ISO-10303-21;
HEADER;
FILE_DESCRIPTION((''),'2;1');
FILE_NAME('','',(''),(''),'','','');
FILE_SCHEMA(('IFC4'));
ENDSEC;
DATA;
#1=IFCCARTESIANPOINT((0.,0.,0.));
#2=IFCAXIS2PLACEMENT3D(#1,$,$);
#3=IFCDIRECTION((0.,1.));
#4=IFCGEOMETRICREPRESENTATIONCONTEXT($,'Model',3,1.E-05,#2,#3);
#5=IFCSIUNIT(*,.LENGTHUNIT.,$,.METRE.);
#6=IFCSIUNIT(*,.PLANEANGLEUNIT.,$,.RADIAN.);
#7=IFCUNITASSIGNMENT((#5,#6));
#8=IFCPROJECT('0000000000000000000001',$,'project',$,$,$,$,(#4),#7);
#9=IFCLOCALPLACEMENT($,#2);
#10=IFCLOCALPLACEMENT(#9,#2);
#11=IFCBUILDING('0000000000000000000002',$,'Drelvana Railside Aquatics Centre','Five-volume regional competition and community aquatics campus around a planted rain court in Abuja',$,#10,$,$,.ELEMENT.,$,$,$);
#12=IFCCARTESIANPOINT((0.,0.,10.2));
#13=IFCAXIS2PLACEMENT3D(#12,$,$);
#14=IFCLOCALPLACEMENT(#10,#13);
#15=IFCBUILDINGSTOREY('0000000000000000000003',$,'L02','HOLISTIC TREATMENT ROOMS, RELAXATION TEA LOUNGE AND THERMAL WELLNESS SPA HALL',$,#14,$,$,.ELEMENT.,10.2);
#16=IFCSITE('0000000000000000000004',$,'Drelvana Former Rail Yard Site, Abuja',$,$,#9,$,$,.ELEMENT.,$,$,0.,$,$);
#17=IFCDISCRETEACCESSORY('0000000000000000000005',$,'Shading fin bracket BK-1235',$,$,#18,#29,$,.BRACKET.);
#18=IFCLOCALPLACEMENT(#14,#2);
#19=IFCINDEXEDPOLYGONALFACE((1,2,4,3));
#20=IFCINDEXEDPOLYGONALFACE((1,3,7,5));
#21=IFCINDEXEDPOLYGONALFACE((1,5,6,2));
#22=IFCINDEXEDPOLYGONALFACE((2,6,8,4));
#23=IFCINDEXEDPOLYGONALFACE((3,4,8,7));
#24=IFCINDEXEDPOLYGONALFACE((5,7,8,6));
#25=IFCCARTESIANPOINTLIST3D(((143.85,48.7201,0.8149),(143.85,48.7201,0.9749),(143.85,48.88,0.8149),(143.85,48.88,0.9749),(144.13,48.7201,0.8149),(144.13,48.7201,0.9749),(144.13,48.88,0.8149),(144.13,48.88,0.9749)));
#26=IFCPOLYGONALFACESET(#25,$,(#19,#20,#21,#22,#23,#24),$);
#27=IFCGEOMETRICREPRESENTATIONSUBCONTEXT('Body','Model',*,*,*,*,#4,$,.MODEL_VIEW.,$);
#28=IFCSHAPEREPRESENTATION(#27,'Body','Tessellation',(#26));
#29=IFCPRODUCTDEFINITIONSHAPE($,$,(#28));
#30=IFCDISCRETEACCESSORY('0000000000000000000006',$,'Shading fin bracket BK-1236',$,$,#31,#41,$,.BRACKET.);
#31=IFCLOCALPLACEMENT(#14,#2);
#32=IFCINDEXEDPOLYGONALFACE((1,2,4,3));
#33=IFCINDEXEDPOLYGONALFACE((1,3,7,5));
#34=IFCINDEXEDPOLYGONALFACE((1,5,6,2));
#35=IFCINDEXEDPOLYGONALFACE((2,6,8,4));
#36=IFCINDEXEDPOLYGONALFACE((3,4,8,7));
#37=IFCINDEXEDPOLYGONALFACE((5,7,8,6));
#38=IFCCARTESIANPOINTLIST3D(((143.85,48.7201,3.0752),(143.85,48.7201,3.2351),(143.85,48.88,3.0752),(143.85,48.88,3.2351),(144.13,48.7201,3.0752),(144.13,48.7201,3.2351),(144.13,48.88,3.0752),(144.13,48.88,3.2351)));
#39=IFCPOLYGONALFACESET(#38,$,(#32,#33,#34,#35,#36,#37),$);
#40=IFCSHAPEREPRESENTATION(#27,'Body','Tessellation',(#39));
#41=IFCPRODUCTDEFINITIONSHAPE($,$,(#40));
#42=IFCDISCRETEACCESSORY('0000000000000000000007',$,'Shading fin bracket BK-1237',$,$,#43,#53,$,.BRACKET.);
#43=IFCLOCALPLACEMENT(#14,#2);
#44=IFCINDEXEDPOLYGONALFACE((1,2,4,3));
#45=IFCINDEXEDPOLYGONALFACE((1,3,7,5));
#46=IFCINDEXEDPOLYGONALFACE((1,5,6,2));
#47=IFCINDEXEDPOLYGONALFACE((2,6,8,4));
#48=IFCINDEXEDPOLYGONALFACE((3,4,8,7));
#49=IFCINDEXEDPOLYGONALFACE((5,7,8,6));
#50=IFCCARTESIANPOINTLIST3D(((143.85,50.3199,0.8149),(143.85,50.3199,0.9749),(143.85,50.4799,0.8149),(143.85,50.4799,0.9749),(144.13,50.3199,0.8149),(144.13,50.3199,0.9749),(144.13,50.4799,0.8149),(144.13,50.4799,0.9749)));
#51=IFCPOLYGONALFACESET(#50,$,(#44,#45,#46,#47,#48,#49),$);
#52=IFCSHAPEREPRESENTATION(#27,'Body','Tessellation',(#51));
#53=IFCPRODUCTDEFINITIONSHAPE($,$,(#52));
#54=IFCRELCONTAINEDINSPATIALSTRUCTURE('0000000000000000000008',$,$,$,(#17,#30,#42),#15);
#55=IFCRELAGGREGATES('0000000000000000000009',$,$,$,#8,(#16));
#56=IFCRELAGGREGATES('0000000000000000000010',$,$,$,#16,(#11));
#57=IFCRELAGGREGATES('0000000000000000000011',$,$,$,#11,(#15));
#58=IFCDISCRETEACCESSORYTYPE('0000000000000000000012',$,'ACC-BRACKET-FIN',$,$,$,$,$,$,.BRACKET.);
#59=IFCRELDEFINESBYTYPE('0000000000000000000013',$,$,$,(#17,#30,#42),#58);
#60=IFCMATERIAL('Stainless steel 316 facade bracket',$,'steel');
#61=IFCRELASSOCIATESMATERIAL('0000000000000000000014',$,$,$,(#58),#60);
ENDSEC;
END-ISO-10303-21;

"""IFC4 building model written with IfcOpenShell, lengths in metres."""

from ifc_helpers import new_model, si_unit, direction, frame, origin, origin_2d, place, context, subcontext, project, spatial, rectangle, extrude, material, type_object, element, save


model = new_model("IFC4")

# Units and contexts
model_context = context("Model", 3, precision=1e-05, world=origin(), true_north=direction((0.0, 1.0)))
body_context = subcontext(model_context, "Body", "Model", "MODEL_VIEW")
ifc_project = project(units=[si_unit("LENGTHUNIT", "METRE"), si_unit("PLANEANGLEUNIT", "RADIAN")], contexts=[model_context])

# Site, building, storey
site_placement = place(None, origin())
site = spatial("IfcSite", under=ifc_project, at=site_placement, Name="Drelvana Former Rail Yard Site, Abuja", CompositionType="ELEMENT", RefElevation=0.0)
building_placement = place(site_placement, origin())
building = spatial("IfcBuilding", under=site, at=building_placement, Name="Drelvana Railside Aquatics Centre", Description="Five-volume regional competition and community aquatics campus around a planted rain court in Abuja", CompositionType="ELEMENT")
storey_placement = place(building_placement, frame((0.0, 0.0, 10.2)))
storey = spatial("IfcBuildingStorey", under=building, at=storey_placement, Name="L02", Description="HOLISTIC TREATMENT ROOMS, RELAXATION TEA LOUNGE AND THERMAL WELLNESS SPA HALL", CompositionType="ELEMENT", Elevation=10.2)

# Discrete accessories
ifc_material_1 = material(Name="Stainless steel 316 facade bracket", Category="steel")
discrete_accessory_type = type_object("IfcDiscreteAccessoryType", Name="ACC-BRACKET-FIN", PredefinedType="BRACKET", material=ifc_material_1)
for number, where, z_axis, x_axis, name in (
    (1, (143.99, 48.8, 0.8149), (0.0, 0.0, 1.0), (-1.0, 0.0, 0.0), "Shading fin bracket BK-1235"),
    (2, (143.99, 48.8, 3.0752), (0.0, 0.0, 1.0), (-1.0, 0.0, 0.0), "Shading fin bracket BK-1236"),
    (3, (143.99, 50.3999, 0.8149), (0.0, 0.0, 1.0), (-1.0, 0.0, 0.0), "Shading fin bracket BK-1237"),
):
    element("IfcDiscreteAccessory", number, at=place(storey_placement, frame(where, z_axis=z_axis, x_axis=x_axis)), inside=storey, type_object=discrete_accessory_type, Name=name, PredefinedType="BRACKET", context=body_context, shape_type="SweptSolid", body=[
        extrude(rectangle(XDim=0.28, YDim=0.1599, at=origin_2d()), origin(), (0.0, 0.0, 1.0), 0.1599),
    ])

save(model, "model.ifc")
